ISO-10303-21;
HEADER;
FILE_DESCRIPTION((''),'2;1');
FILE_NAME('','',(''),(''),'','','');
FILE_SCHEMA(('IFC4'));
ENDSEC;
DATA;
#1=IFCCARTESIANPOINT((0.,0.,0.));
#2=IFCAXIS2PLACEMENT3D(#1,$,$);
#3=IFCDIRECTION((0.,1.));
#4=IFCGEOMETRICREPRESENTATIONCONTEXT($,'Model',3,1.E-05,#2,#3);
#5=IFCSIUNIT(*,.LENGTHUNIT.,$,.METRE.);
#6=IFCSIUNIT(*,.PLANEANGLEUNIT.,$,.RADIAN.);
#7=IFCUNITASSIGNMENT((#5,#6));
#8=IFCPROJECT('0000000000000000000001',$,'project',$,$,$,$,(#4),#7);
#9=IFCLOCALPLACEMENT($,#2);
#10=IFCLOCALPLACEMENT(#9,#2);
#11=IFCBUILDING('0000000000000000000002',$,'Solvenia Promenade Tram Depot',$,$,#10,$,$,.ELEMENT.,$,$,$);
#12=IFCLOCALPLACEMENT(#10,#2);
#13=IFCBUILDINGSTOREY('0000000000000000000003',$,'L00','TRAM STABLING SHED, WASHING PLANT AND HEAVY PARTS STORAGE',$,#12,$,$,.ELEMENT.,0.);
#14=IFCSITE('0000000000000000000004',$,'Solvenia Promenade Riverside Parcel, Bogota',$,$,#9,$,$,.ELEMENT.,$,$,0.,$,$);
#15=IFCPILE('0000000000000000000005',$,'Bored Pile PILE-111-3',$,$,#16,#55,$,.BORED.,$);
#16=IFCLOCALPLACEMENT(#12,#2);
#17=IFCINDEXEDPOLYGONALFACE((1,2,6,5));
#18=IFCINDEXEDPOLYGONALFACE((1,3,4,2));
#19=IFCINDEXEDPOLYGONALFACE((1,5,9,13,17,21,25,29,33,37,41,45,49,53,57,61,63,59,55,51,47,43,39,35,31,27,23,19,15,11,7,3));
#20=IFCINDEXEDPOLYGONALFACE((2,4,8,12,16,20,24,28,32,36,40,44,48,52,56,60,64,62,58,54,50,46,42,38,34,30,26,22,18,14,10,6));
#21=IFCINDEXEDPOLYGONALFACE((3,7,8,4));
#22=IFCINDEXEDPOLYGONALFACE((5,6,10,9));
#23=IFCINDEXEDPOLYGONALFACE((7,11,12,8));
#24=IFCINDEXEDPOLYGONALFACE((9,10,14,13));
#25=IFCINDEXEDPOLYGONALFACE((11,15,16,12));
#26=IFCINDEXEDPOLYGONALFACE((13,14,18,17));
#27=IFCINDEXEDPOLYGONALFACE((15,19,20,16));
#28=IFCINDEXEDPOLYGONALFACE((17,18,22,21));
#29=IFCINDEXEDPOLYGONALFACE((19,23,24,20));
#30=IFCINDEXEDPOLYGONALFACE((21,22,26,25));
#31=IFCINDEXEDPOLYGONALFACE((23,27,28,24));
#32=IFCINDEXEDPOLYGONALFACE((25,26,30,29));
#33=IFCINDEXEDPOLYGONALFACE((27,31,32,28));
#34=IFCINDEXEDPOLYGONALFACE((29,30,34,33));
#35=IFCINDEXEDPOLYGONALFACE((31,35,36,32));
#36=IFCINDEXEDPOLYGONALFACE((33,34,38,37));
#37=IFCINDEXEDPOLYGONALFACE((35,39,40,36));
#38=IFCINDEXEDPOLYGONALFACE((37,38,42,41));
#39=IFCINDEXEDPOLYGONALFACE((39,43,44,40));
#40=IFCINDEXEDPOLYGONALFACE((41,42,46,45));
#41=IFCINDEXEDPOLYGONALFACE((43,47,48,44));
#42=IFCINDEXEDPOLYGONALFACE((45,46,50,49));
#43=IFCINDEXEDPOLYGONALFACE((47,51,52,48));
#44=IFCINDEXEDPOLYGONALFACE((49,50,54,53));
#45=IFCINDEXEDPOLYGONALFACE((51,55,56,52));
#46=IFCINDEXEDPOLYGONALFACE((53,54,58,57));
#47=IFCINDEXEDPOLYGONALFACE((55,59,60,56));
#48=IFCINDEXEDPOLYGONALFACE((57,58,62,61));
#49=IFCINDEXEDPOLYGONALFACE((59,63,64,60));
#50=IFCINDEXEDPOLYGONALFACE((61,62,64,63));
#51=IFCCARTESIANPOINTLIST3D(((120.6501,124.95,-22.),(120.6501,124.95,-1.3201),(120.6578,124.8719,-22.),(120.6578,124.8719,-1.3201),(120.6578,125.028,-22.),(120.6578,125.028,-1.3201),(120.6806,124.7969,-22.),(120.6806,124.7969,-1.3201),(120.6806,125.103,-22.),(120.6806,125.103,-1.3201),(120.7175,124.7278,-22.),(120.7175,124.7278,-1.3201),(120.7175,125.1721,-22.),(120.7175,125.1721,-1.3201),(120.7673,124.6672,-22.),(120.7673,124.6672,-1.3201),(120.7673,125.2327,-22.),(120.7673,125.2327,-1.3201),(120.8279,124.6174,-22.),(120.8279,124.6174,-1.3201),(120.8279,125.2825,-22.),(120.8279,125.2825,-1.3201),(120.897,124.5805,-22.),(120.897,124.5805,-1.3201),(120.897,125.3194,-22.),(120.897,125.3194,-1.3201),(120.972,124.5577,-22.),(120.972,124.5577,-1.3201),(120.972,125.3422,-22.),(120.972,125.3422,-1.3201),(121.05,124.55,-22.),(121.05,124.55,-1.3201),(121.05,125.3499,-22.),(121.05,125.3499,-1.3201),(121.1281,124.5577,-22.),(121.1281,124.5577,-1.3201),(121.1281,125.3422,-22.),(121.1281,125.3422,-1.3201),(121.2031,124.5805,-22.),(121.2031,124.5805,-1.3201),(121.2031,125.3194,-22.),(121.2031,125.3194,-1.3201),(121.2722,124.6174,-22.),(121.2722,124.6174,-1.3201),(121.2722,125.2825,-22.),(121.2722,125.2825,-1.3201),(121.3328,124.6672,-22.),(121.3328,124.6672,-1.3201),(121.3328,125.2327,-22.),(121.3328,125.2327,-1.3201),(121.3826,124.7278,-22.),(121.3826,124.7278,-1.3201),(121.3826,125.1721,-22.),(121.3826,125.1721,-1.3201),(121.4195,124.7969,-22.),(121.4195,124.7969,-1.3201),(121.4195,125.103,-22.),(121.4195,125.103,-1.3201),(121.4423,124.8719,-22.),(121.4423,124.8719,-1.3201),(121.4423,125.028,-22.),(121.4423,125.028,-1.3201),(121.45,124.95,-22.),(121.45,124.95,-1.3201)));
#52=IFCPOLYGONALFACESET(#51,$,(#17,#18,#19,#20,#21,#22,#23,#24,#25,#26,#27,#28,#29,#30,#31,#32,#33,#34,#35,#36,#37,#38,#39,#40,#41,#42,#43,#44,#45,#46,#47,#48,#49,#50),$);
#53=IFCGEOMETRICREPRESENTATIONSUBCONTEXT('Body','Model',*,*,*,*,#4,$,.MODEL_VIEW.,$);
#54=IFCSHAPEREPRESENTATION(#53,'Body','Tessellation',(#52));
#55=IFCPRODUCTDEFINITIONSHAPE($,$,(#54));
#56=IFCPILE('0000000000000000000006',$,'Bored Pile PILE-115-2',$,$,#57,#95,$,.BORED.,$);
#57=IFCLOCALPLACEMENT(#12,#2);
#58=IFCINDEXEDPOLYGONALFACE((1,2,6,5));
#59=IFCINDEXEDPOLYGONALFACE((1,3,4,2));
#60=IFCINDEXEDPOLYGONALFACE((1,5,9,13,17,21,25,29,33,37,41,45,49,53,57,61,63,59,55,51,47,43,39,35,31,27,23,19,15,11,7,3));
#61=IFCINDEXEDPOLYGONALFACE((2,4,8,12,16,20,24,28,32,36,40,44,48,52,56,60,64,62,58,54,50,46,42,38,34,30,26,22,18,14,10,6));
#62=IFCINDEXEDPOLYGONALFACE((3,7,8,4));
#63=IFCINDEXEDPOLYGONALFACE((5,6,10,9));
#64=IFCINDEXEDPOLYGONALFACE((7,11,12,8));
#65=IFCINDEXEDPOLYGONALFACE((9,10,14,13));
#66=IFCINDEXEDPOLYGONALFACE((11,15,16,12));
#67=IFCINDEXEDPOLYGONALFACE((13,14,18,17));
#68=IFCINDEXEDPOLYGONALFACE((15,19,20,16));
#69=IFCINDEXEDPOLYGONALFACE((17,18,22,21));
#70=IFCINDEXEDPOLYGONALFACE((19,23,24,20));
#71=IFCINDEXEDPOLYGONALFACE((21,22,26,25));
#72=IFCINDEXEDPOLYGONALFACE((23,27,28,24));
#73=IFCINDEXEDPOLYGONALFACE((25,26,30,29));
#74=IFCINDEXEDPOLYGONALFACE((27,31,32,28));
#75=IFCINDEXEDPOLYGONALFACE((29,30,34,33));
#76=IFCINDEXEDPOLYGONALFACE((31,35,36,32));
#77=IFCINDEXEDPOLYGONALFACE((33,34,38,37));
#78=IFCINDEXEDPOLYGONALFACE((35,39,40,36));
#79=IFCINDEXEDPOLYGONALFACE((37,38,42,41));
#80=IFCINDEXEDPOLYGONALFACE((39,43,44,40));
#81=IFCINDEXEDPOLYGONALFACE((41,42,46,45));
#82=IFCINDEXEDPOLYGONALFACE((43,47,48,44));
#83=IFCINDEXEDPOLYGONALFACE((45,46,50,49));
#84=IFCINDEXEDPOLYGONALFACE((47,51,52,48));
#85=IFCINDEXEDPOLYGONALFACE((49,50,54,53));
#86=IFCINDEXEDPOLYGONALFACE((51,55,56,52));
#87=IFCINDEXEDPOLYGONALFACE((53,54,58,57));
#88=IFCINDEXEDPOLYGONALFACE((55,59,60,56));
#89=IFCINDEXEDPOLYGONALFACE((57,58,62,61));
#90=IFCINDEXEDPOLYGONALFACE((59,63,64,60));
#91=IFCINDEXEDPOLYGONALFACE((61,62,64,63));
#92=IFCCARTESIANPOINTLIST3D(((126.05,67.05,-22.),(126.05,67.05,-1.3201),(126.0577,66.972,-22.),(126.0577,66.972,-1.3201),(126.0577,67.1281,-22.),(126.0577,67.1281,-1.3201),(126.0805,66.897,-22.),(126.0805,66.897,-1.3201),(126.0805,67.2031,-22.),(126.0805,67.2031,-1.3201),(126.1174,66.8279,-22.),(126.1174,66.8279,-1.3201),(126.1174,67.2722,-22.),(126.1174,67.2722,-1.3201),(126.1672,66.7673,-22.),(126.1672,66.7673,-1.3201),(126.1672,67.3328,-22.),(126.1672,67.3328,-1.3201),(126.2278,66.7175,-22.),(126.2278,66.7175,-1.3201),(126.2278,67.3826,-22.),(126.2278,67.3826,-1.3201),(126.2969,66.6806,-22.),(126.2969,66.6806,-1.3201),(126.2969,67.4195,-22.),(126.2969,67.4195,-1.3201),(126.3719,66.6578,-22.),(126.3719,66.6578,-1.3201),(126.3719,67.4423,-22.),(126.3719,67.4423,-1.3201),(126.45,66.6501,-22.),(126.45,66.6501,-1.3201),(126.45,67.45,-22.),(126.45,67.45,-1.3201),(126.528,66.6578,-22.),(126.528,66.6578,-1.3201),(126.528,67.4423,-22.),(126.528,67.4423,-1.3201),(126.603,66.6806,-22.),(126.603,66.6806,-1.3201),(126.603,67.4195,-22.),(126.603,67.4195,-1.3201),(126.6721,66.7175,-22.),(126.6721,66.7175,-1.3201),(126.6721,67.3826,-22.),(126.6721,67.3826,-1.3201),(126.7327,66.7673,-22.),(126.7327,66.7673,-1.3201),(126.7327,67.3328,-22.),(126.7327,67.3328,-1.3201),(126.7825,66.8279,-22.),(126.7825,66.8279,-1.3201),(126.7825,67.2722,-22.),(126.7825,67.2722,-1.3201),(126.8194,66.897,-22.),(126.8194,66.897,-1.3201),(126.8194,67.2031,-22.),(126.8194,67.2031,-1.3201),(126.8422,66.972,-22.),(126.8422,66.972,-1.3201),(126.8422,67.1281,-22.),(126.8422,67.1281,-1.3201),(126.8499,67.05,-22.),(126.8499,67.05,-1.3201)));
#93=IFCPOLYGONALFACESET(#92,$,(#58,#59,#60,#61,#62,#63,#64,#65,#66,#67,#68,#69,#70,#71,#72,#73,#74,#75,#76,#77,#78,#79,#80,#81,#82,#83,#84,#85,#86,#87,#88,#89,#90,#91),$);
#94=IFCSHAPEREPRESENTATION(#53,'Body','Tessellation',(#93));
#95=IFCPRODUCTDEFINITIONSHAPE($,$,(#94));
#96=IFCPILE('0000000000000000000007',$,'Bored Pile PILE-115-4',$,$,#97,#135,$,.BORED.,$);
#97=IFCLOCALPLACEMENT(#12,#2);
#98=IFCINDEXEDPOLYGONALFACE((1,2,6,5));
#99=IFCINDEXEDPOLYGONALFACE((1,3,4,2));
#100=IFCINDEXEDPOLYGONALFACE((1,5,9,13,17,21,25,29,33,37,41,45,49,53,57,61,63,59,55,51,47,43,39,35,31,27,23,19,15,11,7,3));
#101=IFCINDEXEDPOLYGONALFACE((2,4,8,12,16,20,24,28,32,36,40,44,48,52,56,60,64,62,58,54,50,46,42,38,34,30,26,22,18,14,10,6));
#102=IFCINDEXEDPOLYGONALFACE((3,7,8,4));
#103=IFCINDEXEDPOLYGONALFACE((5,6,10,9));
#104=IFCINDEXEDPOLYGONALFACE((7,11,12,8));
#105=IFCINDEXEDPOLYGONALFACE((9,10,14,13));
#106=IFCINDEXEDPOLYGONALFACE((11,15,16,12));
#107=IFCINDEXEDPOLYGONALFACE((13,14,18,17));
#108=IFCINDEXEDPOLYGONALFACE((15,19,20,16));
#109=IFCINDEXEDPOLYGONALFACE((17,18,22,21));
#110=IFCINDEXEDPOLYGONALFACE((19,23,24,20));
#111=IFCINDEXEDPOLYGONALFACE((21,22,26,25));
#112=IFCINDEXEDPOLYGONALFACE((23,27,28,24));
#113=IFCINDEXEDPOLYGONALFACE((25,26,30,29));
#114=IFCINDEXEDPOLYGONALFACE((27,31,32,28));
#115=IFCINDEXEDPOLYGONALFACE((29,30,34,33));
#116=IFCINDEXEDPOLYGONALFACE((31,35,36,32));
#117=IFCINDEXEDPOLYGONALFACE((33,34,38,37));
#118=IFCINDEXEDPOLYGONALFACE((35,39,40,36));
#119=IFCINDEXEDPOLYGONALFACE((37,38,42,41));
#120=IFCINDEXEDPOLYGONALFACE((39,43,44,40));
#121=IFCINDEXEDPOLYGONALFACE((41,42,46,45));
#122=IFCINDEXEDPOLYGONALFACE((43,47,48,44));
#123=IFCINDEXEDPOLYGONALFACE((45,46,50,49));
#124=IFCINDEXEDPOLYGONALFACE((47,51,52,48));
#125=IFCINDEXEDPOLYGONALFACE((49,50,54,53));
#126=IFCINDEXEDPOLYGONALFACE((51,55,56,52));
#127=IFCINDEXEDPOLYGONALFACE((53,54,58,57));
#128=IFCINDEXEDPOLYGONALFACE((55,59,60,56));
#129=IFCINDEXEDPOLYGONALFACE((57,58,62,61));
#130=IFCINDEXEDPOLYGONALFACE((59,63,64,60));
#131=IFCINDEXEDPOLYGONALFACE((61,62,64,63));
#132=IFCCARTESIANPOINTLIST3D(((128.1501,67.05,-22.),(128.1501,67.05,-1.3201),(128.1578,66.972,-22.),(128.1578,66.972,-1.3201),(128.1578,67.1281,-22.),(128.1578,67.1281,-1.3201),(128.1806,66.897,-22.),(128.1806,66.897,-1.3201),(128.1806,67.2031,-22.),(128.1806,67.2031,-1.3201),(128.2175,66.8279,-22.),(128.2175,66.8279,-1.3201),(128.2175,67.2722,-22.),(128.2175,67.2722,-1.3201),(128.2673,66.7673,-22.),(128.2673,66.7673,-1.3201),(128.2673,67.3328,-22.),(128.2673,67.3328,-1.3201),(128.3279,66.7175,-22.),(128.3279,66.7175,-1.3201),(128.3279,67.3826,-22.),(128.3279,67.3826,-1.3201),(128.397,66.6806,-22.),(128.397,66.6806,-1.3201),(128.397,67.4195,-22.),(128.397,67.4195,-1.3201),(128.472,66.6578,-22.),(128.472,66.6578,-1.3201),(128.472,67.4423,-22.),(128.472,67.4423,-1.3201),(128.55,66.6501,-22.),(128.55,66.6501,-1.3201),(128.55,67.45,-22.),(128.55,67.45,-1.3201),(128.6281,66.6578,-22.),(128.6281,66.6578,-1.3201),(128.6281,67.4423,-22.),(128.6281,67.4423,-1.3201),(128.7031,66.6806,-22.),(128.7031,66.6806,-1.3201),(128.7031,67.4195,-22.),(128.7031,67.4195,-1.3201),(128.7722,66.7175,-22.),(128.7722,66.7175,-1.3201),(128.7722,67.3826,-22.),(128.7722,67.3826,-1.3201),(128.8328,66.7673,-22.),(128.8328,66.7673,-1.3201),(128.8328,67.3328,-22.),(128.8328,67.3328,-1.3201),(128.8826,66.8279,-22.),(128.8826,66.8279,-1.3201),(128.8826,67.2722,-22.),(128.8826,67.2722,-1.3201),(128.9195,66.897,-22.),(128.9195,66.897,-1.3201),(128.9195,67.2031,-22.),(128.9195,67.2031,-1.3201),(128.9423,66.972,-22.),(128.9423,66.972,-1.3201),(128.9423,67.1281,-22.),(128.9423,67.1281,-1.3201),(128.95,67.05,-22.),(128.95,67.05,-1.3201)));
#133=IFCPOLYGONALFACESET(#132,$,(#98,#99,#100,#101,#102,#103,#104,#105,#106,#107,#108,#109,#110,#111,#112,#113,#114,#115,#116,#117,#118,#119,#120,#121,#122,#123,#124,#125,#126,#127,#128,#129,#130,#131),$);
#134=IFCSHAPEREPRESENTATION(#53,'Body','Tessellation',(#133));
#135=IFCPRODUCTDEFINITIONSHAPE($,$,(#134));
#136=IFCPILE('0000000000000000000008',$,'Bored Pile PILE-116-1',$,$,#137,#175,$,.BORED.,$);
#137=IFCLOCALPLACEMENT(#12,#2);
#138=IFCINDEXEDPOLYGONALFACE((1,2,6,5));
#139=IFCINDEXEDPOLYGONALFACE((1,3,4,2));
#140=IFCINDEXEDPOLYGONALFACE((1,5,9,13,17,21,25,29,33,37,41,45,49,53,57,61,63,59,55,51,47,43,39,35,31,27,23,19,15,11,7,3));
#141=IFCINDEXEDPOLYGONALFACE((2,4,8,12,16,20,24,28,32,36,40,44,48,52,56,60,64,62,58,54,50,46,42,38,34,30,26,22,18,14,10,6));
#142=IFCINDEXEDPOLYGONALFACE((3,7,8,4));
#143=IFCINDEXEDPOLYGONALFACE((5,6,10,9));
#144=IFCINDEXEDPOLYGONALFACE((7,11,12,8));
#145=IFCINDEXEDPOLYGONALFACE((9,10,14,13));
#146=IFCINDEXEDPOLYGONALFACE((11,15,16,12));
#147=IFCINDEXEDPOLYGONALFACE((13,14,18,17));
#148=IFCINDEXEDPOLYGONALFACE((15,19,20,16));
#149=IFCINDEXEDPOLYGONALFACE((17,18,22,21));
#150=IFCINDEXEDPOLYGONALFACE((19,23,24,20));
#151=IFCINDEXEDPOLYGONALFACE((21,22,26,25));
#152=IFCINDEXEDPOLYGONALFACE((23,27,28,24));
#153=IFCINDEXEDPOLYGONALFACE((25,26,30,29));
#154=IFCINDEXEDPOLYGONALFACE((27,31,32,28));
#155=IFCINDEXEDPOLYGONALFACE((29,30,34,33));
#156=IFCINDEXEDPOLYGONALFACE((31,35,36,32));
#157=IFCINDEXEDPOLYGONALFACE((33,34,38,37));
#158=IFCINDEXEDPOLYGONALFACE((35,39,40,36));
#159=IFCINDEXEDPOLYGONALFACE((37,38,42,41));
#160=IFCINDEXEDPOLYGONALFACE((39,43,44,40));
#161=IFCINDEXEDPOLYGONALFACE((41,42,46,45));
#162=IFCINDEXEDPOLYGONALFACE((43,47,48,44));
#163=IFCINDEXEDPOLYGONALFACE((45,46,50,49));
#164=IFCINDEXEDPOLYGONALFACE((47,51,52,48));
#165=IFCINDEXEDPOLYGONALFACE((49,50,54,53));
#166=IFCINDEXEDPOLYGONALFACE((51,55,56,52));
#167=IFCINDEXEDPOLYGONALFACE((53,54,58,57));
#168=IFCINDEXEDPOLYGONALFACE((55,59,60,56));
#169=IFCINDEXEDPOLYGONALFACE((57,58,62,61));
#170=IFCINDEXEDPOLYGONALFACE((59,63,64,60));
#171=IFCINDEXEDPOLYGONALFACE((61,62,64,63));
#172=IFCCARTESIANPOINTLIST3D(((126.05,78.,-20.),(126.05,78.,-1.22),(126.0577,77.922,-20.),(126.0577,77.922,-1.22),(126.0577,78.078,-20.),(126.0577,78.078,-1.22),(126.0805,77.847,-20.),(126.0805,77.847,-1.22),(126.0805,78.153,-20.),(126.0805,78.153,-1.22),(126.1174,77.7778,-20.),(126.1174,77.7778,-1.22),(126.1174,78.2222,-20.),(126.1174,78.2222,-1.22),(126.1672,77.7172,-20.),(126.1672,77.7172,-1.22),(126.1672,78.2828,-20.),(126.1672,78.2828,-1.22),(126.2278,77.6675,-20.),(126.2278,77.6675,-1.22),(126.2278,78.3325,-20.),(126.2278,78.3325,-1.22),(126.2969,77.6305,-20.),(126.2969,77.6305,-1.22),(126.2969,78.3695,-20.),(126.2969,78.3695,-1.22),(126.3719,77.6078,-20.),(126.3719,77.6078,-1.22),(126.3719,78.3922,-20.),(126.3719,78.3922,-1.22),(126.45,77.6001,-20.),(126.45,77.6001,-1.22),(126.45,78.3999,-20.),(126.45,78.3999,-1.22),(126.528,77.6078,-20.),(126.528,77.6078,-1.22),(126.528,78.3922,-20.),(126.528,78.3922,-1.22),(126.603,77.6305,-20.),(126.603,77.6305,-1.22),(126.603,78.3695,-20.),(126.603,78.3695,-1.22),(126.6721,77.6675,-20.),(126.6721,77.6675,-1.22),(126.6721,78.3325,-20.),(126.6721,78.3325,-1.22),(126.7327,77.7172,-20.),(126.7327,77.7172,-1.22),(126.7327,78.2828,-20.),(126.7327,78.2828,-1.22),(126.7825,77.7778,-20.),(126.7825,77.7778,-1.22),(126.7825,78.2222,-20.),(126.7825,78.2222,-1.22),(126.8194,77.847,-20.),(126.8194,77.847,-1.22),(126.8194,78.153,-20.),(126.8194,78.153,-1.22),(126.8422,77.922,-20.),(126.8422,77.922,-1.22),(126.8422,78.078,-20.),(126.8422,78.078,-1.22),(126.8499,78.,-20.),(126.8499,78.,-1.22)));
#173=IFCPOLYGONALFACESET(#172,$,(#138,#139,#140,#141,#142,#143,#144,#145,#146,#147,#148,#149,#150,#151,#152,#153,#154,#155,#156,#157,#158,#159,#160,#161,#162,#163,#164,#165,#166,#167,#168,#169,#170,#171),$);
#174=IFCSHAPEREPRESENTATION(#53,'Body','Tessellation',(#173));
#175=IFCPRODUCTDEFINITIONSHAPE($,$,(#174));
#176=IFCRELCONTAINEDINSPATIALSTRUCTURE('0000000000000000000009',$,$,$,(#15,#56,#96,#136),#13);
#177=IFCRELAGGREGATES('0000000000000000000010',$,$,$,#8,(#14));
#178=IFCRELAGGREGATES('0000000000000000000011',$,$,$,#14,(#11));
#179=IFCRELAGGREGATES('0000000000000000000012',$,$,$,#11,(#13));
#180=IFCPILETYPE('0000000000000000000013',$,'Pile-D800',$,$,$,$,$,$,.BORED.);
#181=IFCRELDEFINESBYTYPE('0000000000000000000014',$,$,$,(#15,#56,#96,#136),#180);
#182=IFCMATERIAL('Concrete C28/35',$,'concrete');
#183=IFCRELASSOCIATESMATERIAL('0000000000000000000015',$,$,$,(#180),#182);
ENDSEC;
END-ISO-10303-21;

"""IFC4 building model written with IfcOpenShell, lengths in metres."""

from ifc_helpers import new_model, si_unit, direction, frame, origin, origin_2d, place, context, subcontext, project, spatial, circle, extrude, material, material_profile, profile_set, type_object, element, save


model = new_model("IFC4")

# Units and contexts
model_context = context("Model", 3, precision=1e-05, world=origin(), true_north=direction((0.0, 1.0)))
body_context = subcontext(model_context, "Body", "Model", "MODEL_VIEW")
ifc_project = project(units=[si_unit("LENGTHUNIT", "METRE"), si_unit("PLANEANGLEUNIT", "RADIAN")], contexts=[model_context])

# Site, building, storey
site_placement = place(None, origin())
site = spatial("IfcSite", under=ifc_project, at=site_placement, Name="Solvenia Promenade Riverside Parcel, Bogota", CompositionType="ELEMENT", RefElevation=0.0)
building_placement = place(site_placement, origin())
building = spatial("IfcBuilding", under=site, at=building_placement, Name="Solvenia Promenade Tram Depot", CompositionType="ELEMENT")
storey_placement = place(building_placement, origin())
storey = spatial("IfcBuildingStorey", under=building, at=storey_placement, Name="L00", Description="TRAM STABLING SHED, WASHING PLANT AND HEAVY PARTS STORAGE", CompositionType="ELEMENT", Elevation=0.0)

# Shared definitions
ifc_material_1 = material(Name="Concrete C28/35", Category="concrete")

# Piles
ifc_material_profile_1 = material_profile(ifc_material_1, circle(Radius=0.3999, at=origin_2d()), Name="D800", Category="concrete")
ifc_profile_set_1 = profile_set([ifc_material_profile_1], Name="Concrete C28/35")
pile_type = type_object("IfcPileType", Name="Pile-D800", PredefinedType="BORED", material=ifc_profile_set_1)
for number, where, z_axis, x_axis, name in (
    (1, (121.05, 124.95, -1.3201), (0.0, 0.0, -1.0), (1.0, 0.0, 0.0), "Bored Pile PILE-111-3"),
    (2, (126.45, 67.05, -1.3201), (0.0, 0.0, -1.0), (1.0, 0.0, 0.0), "Bored Pile PILE-115-2"),
    (3, (128.55, 67.05, -1.3201), (0.0, 0.0, -1.0), (1.0, 0.0, 0.0), "Bored Pile PILE-115-4"),
):
    element("IfcPile", number, at=place(storey_placement, frame(where, z_axis=z_axis, x_axis=x_axis)), inside=storey, type_object=pile_type, Name=name, PredefinedType="BORED", context=body_context, shape_type="SweptSolid", body=[
        extrude(circle(Radius=0.3999, at=origin_2d()), origin(), (0.0, 0.0, 1.0), 20.6799),
    ])
for number, where, z_axis, x_axis, name in (
    (4, (126.45, 78.0, -1.22), (0.0, 0.0, -1.0), (1.0, 0.0, 0.0), "Bored Pile PILE-116-1"),
):
    element("IfcPile", number, at=place(storey_placement, frame(where, z_axis=z_axis, x_axis=x_axis)), inside=storey, type_object=pile_type, Name=name, PredefinedType="BORED", context=body_context, shape_type="SweptSolid", body=[
        extrude(circle(Radius=0.3999, at=origin_2d()), origin(), (0.0, 0.0, 1.0), 18.78),
    ])

save(model, "model.ifc")
